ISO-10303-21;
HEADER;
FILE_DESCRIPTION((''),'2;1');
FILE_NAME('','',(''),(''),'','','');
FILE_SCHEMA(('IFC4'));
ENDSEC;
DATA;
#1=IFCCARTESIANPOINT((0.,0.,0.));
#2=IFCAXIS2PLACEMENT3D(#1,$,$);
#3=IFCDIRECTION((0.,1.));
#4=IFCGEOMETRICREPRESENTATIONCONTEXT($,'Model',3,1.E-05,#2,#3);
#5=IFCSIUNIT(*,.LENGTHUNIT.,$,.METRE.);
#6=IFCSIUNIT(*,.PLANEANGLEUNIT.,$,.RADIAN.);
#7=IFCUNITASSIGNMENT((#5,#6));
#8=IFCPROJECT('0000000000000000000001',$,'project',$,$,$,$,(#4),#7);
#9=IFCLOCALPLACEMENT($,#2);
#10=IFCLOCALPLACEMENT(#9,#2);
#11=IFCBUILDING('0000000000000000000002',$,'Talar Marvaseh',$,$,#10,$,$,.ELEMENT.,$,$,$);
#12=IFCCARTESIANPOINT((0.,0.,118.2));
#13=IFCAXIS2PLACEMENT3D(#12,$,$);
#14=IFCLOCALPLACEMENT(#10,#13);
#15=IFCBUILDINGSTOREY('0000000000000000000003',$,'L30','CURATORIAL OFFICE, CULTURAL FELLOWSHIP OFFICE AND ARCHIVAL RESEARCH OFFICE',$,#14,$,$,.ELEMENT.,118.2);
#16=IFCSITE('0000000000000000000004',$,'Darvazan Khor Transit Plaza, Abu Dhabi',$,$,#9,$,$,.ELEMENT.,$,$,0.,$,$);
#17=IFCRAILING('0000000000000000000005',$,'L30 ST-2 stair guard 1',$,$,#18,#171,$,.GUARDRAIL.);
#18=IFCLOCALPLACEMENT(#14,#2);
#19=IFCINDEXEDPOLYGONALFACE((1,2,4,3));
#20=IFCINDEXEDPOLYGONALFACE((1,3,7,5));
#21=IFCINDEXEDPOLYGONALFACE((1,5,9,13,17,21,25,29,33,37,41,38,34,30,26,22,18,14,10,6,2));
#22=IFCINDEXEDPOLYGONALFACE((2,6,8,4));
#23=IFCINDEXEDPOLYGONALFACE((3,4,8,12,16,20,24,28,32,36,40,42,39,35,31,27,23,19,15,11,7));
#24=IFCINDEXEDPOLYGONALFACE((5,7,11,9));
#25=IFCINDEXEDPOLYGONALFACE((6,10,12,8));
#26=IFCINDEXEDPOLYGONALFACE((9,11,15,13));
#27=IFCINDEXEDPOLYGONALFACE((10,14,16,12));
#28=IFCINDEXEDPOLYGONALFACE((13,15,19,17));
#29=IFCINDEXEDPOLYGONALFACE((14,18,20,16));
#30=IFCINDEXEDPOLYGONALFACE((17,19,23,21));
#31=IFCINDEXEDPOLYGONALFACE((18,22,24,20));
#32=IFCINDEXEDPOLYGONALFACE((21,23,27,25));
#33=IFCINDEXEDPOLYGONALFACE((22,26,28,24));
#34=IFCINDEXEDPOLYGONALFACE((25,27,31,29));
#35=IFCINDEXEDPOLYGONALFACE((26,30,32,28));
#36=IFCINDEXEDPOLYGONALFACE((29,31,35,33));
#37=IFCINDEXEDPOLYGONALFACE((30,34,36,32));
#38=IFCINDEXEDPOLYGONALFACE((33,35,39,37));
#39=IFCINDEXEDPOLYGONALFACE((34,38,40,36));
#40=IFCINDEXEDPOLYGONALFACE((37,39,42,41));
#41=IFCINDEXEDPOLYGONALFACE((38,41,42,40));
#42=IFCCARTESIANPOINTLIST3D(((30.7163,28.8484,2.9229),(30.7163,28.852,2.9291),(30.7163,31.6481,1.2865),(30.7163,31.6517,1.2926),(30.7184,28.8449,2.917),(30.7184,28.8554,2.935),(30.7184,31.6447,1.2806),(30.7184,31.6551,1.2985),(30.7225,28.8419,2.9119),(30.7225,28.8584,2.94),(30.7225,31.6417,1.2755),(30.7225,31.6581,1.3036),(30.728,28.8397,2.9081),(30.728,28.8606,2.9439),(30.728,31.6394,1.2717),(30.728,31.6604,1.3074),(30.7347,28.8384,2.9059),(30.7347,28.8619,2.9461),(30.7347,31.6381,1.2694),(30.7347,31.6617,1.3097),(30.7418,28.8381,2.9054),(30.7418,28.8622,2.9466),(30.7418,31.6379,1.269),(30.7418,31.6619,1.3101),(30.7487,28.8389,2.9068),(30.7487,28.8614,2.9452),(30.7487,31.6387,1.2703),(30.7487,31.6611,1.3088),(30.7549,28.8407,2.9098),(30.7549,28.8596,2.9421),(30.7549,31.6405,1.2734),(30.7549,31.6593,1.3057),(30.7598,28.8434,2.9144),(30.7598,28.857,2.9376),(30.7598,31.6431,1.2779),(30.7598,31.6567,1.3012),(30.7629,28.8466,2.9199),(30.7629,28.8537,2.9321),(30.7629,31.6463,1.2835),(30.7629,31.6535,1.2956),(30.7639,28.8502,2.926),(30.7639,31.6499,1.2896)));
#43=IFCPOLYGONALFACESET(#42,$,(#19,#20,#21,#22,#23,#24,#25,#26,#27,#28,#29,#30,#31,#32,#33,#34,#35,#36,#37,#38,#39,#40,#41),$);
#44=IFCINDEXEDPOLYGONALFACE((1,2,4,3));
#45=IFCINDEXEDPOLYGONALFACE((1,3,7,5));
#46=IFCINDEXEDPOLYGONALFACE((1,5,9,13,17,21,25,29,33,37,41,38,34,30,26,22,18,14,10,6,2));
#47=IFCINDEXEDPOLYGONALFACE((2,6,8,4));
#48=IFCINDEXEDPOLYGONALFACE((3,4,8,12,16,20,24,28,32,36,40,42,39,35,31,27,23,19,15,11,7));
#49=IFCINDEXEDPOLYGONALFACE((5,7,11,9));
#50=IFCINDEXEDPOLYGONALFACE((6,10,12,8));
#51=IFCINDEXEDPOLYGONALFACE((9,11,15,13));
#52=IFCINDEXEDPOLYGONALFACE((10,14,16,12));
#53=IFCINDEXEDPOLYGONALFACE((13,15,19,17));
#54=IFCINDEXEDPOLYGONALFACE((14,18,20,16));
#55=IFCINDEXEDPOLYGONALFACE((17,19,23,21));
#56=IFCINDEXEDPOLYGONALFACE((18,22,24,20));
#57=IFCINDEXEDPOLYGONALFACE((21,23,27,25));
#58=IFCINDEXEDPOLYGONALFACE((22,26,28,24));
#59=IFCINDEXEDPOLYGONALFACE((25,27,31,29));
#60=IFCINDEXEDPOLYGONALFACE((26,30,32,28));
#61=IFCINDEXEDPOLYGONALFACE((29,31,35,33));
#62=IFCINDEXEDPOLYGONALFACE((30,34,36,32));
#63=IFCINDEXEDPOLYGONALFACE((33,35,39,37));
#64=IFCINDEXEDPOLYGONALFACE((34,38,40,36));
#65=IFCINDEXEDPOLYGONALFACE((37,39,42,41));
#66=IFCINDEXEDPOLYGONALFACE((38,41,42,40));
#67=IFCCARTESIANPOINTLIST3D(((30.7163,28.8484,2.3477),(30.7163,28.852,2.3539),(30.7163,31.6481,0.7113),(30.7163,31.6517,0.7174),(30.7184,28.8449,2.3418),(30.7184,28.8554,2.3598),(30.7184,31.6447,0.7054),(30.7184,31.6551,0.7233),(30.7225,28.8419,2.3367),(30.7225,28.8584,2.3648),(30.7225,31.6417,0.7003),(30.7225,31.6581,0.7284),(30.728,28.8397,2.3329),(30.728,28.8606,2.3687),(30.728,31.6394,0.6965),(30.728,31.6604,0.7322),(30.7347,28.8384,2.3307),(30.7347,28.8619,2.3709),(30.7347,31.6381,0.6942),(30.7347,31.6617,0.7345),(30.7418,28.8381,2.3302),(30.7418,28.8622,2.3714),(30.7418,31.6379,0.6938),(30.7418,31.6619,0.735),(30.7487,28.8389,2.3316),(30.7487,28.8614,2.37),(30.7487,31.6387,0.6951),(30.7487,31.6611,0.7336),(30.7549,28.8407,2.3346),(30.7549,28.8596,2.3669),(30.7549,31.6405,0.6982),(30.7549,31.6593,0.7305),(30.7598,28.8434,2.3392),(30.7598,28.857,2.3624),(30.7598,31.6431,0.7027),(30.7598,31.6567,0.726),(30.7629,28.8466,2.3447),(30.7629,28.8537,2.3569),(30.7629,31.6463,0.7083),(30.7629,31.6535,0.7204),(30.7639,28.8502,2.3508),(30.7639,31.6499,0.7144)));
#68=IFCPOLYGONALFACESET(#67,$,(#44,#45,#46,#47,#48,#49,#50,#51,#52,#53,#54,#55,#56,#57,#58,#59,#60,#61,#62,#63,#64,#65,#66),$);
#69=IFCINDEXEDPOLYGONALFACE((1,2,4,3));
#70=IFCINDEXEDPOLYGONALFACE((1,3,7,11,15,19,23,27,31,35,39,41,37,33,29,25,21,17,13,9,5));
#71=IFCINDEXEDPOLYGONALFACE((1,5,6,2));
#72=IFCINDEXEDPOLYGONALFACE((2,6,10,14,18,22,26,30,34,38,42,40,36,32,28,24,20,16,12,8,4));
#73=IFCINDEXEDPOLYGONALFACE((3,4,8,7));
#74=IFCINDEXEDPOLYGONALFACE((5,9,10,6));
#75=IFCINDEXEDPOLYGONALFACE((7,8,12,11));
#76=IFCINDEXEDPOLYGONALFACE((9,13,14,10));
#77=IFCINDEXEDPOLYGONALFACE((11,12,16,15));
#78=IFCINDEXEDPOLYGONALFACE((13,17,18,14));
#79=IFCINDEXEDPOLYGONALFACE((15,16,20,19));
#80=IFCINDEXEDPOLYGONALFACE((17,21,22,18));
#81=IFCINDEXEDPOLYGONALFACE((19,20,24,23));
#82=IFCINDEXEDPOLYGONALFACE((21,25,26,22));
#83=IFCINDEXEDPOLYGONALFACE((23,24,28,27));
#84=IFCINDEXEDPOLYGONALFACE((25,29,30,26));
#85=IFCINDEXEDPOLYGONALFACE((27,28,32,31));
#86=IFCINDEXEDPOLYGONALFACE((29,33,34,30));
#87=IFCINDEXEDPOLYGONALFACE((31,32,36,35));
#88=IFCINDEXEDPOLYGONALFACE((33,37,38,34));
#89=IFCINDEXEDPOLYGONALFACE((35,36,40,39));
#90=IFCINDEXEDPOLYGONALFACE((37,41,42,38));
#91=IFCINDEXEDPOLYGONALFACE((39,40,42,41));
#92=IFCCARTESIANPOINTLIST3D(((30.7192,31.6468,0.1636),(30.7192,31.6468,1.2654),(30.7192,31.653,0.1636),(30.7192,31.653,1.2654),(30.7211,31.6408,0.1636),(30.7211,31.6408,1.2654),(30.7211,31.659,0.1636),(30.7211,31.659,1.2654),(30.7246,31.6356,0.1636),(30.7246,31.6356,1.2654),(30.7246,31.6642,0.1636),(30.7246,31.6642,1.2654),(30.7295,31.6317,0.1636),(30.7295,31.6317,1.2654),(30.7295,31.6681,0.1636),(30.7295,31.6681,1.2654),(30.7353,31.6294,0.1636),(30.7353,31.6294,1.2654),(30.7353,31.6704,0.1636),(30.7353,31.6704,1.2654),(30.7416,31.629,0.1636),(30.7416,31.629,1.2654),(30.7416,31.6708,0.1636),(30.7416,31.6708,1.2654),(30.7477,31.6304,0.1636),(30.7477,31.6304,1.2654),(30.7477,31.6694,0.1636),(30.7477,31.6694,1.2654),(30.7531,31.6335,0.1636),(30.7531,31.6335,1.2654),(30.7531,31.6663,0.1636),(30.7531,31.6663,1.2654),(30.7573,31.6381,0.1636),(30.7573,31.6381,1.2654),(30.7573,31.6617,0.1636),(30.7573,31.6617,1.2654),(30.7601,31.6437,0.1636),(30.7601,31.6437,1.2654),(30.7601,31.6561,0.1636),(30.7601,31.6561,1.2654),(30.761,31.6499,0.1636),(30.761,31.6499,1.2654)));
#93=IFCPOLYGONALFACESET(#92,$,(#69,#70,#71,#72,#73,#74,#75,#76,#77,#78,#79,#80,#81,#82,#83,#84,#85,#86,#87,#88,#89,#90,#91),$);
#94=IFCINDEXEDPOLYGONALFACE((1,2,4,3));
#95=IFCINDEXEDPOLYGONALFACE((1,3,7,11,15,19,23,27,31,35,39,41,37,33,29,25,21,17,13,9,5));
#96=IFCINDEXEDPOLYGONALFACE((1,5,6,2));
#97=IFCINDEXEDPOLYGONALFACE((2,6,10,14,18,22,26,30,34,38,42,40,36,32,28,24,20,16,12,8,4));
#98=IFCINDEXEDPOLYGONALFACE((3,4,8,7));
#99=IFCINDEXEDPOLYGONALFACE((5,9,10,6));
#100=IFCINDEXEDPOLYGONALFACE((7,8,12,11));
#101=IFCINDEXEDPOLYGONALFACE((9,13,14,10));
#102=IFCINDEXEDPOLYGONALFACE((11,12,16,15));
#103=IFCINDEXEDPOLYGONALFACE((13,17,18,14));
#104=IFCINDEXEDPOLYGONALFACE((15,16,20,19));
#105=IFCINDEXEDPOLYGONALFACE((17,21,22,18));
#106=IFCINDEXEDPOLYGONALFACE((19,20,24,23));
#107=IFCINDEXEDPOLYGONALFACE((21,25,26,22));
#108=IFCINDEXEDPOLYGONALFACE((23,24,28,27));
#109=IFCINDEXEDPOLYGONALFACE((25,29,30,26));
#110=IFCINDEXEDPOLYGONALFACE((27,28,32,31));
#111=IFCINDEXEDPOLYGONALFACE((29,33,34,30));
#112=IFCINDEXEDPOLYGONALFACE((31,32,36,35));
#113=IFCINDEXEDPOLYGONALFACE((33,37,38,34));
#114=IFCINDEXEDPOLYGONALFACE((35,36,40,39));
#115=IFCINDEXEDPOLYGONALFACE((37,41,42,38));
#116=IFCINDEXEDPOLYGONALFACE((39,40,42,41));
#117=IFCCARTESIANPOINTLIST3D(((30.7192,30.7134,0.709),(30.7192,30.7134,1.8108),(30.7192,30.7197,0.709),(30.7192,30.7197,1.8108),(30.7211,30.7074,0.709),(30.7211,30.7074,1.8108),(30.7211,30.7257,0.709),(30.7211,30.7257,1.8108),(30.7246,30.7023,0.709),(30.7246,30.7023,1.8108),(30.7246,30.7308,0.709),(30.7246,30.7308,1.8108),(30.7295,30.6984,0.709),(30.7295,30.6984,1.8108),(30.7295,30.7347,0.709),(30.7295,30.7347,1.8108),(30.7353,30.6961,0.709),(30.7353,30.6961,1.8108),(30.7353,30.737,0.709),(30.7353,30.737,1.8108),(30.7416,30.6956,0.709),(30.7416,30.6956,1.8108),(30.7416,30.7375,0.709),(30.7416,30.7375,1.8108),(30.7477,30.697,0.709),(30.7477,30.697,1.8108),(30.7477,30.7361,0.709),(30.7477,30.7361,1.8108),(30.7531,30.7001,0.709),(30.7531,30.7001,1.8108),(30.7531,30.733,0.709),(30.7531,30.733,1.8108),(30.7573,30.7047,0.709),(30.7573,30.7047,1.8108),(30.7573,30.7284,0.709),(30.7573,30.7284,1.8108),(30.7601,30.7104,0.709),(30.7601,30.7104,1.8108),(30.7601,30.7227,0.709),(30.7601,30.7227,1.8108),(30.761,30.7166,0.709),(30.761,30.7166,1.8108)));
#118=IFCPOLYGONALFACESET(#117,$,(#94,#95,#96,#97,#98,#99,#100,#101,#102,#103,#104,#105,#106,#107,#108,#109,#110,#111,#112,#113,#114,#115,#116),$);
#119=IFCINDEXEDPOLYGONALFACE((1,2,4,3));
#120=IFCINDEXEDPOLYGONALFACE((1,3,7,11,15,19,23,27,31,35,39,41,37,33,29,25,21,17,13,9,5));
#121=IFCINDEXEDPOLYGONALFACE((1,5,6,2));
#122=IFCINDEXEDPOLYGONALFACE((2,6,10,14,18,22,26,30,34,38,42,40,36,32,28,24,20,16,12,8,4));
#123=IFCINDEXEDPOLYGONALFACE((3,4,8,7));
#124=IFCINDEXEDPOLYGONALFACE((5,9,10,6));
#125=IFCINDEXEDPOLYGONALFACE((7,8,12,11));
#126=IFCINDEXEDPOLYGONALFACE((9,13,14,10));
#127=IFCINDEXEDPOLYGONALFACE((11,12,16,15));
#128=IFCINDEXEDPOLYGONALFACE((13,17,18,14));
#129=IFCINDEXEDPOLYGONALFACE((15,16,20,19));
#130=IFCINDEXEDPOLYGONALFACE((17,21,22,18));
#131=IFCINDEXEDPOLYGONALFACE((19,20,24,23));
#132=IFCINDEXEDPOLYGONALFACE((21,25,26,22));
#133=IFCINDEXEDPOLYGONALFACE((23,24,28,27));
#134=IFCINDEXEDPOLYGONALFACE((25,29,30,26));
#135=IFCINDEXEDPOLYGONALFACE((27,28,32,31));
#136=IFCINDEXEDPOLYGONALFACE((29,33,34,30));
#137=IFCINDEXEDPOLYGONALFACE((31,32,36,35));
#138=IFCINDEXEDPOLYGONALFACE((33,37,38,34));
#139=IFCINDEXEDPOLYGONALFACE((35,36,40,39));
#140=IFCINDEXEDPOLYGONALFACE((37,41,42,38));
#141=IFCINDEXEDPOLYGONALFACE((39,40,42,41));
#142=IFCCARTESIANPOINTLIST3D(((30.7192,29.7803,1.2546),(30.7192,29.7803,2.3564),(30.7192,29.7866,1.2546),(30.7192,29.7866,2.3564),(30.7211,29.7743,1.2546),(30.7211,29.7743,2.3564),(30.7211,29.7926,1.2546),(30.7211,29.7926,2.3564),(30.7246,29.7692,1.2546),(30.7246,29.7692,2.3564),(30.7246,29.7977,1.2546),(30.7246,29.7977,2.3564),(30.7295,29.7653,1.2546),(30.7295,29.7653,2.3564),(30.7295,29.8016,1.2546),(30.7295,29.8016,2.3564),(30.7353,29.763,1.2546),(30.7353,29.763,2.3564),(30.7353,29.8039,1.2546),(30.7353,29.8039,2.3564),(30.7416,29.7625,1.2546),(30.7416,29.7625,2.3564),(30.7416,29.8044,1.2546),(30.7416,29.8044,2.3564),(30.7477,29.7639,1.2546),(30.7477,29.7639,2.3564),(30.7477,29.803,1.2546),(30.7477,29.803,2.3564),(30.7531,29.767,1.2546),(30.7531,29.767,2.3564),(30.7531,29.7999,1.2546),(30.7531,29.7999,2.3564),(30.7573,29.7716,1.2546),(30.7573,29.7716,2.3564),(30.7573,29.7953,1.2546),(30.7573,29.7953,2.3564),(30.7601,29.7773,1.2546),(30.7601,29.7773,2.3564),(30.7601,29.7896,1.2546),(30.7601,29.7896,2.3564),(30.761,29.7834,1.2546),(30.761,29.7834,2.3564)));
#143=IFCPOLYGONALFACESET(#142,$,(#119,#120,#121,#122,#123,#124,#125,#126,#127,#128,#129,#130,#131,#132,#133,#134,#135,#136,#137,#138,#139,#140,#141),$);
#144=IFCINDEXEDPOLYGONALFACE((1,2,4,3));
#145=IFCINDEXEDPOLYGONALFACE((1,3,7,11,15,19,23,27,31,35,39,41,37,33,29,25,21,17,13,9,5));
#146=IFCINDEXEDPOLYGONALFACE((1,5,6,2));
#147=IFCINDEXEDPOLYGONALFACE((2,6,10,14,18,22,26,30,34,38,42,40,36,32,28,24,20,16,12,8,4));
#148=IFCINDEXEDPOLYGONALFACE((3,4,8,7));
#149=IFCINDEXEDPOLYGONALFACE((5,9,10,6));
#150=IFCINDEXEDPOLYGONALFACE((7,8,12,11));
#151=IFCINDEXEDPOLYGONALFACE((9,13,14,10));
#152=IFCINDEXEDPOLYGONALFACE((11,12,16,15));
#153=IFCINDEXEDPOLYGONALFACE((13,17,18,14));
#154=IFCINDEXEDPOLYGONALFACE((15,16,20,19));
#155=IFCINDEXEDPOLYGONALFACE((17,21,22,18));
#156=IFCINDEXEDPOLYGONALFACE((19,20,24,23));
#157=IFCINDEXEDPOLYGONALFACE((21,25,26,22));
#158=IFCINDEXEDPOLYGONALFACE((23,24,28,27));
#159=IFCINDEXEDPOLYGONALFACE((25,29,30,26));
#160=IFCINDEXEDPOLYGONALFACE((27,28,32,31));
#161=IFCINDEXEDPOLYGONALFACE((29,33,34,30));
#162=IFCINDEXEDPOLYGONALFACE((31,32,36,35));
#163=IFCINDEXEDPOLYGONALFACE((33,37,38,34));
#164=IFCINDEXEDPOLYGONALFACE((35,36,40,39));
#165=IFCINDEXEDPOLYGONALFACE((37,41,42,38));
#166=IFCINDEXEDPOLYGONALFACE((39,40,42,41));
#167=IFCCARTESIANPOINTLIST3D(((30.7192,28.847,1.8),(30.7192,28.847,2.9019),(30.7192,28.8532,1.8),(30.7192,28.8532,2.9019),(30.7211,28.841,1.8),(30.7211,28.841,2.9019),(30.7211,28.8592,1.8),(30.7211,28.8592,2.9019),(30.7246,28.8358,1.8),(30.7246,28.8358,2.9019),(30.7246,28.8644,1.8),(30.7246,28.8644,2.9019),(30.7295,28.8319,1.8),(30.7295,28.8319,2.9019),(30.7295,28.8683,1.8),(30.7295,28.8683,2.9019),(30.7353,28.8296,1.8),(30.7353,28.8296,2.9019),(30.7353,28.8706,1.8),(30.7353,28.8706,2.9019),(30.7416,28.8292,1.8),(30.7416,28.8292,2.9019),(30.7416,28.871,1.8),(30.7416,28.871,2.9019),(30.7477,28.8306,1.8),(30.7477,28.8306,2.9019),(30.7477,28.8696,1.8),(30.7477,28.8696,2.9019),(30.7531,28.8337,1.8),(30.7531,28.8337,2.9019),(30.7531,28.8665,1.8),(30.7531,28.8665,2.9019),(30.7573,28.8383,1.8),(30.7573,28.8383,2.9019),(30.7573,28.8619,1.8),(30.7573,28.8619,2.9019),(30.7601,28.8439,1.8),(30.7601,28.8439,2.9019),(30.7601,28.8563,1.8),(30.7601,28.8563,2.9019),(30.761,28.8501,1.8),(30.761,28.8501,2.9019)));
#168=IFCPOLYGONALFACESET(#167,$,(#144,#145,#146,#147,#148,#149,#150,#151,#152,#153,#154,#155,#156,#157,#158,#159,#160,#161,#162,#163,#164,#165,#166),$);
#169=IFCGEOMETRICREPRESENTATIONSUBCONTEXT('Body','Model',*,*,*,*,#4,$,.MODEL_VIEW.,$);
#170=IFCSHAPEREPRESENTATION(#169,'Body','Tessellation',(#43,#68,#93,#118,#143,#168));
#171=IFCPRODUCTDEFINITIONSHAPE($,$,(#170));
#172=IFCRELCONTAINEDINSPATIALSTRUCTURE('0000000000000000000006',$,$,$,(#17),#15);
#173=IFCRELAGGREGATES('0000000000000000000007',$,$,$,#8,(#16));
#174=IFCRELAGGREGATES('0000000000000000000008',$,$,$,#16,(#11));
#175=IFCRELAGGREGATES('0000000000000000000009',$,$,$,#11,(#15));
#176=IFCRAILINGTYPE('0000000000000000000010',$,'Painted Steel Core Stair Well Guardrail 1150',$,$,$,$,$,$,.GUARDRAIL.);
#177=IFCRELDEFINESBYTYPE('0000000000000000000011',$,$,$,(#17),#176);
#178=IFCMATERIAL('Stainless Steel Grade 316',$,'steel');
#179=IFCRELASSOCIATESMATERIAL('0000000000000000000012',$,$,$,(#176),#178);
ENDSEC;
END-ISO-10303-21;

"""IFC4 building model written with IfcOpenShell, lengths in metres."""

from ifc_helpers import new_model, si_unit, direction, frame, origin, origin_2d, place, context, subcontext, project, spatial, circle, extrude, material, type_object, element, save


model = new_model("IFC4")

# Units and contexts
model_context = context("Model", 3, precision=1e-05, world=origin(), true_north=direction((0.0, 1.0)))
body_context = subcontext(model_context, "Body", "Model", "MODEL_VIEW")
ifc_project = project(units=[si_unit("LENGTHUNIT", "METRE"), si_unit("PLANEANGLEUNIT", "RADIAN")], contexts=[model_context])

# Site, building, storey
site_placement = place(None, origin())
site = spatial("IfcSite", under=ifc_project, at=site_placement, Name="Darvazan Khor Transit Plaza, Abu Dhabi", CompositionType="ELEMENT", RefElevation=0.0)
building_placement = place(site_placement, origin())
building = spatial("IfcBuilding", under=site, at=building_placement, Name="Talar Marvaseh", CompositionType="ELEMENT")
storey_placement = place(building_placement, frame((0.0, 0.0, 118.2)))
storey = spatial("IfcBuildingStorey", under=building, at=storey_placement, Name="L30", Description="CURATORIAL OFFICE, CULTURAL FELLOWSHIP OFFICE AND ARCHIVAL RESEARCH OFFICE", CompositionType="ELEMENT", Elevation=118.2)

# Shared definitions
ifc_material_1 = material(Name="Stainless Steel Grade 316", Category="steel")

# Railing
railing_type_1 = type_object("IfcRailingType", Name="Painted Steel Core Stair Well Guardrail 1150", PredefinedType="GUARDRAIL", material=ifc_material_1)
railing_1_placement = place(storey_placement, frame((30.74, 31.6499, 0.1636)))
element("IfcRailing", 1, at=railing_1_placement, inside=storey, type_object=railing_type_1, Name="L30 ST-2 stair guard 1", PredefinedType="GUARDRAIL", context=body_context, shape_type="SweptSolid", body=[
    extrude(circle(Radius=0.0239, at=origin_2d()), frame((0.0, 0.0, 1.126), z_axis=(0.0, -0.863342, 0.50462), x_axis=(1.0, 0.0, 0.0)), (0.0, 0.0, 1.0), 3.2429),
    extrude(circle(Radius=0.0239, at=origin_2d()), frame((0.0, 0.0, 0.5508), z_axis=(0.0, -0.863342, 0.50462), x_axis=(1.0, 0.0, 0.0)), (0.0, 0.0, 1.0), 3.2429),
    extrude(circle(Radius=0.021, at=origin_2d()), origin(), (0.0, 0.0, 1.0), 1.1018),
    extrude(circle(Radius=0.021, at=origin_2d()), frame((0.0, -0.9333, 0.5454)), (0.0, 0.0, 1.0), 1.1018),
    extrude(circle(Radius=0.021, at=origin_2d()), frame((0.0, -1.8665, 1.0911)), (0.0, 0.0, 1.0), 1.1018),
    extrude(circle(Radius=0.021, at=origin_2d()), frame((0.0, -2.7998, 1.6365)), (0.0, 0.0, 1.0), 1.1018),
])

save(model, "model.ifc")
